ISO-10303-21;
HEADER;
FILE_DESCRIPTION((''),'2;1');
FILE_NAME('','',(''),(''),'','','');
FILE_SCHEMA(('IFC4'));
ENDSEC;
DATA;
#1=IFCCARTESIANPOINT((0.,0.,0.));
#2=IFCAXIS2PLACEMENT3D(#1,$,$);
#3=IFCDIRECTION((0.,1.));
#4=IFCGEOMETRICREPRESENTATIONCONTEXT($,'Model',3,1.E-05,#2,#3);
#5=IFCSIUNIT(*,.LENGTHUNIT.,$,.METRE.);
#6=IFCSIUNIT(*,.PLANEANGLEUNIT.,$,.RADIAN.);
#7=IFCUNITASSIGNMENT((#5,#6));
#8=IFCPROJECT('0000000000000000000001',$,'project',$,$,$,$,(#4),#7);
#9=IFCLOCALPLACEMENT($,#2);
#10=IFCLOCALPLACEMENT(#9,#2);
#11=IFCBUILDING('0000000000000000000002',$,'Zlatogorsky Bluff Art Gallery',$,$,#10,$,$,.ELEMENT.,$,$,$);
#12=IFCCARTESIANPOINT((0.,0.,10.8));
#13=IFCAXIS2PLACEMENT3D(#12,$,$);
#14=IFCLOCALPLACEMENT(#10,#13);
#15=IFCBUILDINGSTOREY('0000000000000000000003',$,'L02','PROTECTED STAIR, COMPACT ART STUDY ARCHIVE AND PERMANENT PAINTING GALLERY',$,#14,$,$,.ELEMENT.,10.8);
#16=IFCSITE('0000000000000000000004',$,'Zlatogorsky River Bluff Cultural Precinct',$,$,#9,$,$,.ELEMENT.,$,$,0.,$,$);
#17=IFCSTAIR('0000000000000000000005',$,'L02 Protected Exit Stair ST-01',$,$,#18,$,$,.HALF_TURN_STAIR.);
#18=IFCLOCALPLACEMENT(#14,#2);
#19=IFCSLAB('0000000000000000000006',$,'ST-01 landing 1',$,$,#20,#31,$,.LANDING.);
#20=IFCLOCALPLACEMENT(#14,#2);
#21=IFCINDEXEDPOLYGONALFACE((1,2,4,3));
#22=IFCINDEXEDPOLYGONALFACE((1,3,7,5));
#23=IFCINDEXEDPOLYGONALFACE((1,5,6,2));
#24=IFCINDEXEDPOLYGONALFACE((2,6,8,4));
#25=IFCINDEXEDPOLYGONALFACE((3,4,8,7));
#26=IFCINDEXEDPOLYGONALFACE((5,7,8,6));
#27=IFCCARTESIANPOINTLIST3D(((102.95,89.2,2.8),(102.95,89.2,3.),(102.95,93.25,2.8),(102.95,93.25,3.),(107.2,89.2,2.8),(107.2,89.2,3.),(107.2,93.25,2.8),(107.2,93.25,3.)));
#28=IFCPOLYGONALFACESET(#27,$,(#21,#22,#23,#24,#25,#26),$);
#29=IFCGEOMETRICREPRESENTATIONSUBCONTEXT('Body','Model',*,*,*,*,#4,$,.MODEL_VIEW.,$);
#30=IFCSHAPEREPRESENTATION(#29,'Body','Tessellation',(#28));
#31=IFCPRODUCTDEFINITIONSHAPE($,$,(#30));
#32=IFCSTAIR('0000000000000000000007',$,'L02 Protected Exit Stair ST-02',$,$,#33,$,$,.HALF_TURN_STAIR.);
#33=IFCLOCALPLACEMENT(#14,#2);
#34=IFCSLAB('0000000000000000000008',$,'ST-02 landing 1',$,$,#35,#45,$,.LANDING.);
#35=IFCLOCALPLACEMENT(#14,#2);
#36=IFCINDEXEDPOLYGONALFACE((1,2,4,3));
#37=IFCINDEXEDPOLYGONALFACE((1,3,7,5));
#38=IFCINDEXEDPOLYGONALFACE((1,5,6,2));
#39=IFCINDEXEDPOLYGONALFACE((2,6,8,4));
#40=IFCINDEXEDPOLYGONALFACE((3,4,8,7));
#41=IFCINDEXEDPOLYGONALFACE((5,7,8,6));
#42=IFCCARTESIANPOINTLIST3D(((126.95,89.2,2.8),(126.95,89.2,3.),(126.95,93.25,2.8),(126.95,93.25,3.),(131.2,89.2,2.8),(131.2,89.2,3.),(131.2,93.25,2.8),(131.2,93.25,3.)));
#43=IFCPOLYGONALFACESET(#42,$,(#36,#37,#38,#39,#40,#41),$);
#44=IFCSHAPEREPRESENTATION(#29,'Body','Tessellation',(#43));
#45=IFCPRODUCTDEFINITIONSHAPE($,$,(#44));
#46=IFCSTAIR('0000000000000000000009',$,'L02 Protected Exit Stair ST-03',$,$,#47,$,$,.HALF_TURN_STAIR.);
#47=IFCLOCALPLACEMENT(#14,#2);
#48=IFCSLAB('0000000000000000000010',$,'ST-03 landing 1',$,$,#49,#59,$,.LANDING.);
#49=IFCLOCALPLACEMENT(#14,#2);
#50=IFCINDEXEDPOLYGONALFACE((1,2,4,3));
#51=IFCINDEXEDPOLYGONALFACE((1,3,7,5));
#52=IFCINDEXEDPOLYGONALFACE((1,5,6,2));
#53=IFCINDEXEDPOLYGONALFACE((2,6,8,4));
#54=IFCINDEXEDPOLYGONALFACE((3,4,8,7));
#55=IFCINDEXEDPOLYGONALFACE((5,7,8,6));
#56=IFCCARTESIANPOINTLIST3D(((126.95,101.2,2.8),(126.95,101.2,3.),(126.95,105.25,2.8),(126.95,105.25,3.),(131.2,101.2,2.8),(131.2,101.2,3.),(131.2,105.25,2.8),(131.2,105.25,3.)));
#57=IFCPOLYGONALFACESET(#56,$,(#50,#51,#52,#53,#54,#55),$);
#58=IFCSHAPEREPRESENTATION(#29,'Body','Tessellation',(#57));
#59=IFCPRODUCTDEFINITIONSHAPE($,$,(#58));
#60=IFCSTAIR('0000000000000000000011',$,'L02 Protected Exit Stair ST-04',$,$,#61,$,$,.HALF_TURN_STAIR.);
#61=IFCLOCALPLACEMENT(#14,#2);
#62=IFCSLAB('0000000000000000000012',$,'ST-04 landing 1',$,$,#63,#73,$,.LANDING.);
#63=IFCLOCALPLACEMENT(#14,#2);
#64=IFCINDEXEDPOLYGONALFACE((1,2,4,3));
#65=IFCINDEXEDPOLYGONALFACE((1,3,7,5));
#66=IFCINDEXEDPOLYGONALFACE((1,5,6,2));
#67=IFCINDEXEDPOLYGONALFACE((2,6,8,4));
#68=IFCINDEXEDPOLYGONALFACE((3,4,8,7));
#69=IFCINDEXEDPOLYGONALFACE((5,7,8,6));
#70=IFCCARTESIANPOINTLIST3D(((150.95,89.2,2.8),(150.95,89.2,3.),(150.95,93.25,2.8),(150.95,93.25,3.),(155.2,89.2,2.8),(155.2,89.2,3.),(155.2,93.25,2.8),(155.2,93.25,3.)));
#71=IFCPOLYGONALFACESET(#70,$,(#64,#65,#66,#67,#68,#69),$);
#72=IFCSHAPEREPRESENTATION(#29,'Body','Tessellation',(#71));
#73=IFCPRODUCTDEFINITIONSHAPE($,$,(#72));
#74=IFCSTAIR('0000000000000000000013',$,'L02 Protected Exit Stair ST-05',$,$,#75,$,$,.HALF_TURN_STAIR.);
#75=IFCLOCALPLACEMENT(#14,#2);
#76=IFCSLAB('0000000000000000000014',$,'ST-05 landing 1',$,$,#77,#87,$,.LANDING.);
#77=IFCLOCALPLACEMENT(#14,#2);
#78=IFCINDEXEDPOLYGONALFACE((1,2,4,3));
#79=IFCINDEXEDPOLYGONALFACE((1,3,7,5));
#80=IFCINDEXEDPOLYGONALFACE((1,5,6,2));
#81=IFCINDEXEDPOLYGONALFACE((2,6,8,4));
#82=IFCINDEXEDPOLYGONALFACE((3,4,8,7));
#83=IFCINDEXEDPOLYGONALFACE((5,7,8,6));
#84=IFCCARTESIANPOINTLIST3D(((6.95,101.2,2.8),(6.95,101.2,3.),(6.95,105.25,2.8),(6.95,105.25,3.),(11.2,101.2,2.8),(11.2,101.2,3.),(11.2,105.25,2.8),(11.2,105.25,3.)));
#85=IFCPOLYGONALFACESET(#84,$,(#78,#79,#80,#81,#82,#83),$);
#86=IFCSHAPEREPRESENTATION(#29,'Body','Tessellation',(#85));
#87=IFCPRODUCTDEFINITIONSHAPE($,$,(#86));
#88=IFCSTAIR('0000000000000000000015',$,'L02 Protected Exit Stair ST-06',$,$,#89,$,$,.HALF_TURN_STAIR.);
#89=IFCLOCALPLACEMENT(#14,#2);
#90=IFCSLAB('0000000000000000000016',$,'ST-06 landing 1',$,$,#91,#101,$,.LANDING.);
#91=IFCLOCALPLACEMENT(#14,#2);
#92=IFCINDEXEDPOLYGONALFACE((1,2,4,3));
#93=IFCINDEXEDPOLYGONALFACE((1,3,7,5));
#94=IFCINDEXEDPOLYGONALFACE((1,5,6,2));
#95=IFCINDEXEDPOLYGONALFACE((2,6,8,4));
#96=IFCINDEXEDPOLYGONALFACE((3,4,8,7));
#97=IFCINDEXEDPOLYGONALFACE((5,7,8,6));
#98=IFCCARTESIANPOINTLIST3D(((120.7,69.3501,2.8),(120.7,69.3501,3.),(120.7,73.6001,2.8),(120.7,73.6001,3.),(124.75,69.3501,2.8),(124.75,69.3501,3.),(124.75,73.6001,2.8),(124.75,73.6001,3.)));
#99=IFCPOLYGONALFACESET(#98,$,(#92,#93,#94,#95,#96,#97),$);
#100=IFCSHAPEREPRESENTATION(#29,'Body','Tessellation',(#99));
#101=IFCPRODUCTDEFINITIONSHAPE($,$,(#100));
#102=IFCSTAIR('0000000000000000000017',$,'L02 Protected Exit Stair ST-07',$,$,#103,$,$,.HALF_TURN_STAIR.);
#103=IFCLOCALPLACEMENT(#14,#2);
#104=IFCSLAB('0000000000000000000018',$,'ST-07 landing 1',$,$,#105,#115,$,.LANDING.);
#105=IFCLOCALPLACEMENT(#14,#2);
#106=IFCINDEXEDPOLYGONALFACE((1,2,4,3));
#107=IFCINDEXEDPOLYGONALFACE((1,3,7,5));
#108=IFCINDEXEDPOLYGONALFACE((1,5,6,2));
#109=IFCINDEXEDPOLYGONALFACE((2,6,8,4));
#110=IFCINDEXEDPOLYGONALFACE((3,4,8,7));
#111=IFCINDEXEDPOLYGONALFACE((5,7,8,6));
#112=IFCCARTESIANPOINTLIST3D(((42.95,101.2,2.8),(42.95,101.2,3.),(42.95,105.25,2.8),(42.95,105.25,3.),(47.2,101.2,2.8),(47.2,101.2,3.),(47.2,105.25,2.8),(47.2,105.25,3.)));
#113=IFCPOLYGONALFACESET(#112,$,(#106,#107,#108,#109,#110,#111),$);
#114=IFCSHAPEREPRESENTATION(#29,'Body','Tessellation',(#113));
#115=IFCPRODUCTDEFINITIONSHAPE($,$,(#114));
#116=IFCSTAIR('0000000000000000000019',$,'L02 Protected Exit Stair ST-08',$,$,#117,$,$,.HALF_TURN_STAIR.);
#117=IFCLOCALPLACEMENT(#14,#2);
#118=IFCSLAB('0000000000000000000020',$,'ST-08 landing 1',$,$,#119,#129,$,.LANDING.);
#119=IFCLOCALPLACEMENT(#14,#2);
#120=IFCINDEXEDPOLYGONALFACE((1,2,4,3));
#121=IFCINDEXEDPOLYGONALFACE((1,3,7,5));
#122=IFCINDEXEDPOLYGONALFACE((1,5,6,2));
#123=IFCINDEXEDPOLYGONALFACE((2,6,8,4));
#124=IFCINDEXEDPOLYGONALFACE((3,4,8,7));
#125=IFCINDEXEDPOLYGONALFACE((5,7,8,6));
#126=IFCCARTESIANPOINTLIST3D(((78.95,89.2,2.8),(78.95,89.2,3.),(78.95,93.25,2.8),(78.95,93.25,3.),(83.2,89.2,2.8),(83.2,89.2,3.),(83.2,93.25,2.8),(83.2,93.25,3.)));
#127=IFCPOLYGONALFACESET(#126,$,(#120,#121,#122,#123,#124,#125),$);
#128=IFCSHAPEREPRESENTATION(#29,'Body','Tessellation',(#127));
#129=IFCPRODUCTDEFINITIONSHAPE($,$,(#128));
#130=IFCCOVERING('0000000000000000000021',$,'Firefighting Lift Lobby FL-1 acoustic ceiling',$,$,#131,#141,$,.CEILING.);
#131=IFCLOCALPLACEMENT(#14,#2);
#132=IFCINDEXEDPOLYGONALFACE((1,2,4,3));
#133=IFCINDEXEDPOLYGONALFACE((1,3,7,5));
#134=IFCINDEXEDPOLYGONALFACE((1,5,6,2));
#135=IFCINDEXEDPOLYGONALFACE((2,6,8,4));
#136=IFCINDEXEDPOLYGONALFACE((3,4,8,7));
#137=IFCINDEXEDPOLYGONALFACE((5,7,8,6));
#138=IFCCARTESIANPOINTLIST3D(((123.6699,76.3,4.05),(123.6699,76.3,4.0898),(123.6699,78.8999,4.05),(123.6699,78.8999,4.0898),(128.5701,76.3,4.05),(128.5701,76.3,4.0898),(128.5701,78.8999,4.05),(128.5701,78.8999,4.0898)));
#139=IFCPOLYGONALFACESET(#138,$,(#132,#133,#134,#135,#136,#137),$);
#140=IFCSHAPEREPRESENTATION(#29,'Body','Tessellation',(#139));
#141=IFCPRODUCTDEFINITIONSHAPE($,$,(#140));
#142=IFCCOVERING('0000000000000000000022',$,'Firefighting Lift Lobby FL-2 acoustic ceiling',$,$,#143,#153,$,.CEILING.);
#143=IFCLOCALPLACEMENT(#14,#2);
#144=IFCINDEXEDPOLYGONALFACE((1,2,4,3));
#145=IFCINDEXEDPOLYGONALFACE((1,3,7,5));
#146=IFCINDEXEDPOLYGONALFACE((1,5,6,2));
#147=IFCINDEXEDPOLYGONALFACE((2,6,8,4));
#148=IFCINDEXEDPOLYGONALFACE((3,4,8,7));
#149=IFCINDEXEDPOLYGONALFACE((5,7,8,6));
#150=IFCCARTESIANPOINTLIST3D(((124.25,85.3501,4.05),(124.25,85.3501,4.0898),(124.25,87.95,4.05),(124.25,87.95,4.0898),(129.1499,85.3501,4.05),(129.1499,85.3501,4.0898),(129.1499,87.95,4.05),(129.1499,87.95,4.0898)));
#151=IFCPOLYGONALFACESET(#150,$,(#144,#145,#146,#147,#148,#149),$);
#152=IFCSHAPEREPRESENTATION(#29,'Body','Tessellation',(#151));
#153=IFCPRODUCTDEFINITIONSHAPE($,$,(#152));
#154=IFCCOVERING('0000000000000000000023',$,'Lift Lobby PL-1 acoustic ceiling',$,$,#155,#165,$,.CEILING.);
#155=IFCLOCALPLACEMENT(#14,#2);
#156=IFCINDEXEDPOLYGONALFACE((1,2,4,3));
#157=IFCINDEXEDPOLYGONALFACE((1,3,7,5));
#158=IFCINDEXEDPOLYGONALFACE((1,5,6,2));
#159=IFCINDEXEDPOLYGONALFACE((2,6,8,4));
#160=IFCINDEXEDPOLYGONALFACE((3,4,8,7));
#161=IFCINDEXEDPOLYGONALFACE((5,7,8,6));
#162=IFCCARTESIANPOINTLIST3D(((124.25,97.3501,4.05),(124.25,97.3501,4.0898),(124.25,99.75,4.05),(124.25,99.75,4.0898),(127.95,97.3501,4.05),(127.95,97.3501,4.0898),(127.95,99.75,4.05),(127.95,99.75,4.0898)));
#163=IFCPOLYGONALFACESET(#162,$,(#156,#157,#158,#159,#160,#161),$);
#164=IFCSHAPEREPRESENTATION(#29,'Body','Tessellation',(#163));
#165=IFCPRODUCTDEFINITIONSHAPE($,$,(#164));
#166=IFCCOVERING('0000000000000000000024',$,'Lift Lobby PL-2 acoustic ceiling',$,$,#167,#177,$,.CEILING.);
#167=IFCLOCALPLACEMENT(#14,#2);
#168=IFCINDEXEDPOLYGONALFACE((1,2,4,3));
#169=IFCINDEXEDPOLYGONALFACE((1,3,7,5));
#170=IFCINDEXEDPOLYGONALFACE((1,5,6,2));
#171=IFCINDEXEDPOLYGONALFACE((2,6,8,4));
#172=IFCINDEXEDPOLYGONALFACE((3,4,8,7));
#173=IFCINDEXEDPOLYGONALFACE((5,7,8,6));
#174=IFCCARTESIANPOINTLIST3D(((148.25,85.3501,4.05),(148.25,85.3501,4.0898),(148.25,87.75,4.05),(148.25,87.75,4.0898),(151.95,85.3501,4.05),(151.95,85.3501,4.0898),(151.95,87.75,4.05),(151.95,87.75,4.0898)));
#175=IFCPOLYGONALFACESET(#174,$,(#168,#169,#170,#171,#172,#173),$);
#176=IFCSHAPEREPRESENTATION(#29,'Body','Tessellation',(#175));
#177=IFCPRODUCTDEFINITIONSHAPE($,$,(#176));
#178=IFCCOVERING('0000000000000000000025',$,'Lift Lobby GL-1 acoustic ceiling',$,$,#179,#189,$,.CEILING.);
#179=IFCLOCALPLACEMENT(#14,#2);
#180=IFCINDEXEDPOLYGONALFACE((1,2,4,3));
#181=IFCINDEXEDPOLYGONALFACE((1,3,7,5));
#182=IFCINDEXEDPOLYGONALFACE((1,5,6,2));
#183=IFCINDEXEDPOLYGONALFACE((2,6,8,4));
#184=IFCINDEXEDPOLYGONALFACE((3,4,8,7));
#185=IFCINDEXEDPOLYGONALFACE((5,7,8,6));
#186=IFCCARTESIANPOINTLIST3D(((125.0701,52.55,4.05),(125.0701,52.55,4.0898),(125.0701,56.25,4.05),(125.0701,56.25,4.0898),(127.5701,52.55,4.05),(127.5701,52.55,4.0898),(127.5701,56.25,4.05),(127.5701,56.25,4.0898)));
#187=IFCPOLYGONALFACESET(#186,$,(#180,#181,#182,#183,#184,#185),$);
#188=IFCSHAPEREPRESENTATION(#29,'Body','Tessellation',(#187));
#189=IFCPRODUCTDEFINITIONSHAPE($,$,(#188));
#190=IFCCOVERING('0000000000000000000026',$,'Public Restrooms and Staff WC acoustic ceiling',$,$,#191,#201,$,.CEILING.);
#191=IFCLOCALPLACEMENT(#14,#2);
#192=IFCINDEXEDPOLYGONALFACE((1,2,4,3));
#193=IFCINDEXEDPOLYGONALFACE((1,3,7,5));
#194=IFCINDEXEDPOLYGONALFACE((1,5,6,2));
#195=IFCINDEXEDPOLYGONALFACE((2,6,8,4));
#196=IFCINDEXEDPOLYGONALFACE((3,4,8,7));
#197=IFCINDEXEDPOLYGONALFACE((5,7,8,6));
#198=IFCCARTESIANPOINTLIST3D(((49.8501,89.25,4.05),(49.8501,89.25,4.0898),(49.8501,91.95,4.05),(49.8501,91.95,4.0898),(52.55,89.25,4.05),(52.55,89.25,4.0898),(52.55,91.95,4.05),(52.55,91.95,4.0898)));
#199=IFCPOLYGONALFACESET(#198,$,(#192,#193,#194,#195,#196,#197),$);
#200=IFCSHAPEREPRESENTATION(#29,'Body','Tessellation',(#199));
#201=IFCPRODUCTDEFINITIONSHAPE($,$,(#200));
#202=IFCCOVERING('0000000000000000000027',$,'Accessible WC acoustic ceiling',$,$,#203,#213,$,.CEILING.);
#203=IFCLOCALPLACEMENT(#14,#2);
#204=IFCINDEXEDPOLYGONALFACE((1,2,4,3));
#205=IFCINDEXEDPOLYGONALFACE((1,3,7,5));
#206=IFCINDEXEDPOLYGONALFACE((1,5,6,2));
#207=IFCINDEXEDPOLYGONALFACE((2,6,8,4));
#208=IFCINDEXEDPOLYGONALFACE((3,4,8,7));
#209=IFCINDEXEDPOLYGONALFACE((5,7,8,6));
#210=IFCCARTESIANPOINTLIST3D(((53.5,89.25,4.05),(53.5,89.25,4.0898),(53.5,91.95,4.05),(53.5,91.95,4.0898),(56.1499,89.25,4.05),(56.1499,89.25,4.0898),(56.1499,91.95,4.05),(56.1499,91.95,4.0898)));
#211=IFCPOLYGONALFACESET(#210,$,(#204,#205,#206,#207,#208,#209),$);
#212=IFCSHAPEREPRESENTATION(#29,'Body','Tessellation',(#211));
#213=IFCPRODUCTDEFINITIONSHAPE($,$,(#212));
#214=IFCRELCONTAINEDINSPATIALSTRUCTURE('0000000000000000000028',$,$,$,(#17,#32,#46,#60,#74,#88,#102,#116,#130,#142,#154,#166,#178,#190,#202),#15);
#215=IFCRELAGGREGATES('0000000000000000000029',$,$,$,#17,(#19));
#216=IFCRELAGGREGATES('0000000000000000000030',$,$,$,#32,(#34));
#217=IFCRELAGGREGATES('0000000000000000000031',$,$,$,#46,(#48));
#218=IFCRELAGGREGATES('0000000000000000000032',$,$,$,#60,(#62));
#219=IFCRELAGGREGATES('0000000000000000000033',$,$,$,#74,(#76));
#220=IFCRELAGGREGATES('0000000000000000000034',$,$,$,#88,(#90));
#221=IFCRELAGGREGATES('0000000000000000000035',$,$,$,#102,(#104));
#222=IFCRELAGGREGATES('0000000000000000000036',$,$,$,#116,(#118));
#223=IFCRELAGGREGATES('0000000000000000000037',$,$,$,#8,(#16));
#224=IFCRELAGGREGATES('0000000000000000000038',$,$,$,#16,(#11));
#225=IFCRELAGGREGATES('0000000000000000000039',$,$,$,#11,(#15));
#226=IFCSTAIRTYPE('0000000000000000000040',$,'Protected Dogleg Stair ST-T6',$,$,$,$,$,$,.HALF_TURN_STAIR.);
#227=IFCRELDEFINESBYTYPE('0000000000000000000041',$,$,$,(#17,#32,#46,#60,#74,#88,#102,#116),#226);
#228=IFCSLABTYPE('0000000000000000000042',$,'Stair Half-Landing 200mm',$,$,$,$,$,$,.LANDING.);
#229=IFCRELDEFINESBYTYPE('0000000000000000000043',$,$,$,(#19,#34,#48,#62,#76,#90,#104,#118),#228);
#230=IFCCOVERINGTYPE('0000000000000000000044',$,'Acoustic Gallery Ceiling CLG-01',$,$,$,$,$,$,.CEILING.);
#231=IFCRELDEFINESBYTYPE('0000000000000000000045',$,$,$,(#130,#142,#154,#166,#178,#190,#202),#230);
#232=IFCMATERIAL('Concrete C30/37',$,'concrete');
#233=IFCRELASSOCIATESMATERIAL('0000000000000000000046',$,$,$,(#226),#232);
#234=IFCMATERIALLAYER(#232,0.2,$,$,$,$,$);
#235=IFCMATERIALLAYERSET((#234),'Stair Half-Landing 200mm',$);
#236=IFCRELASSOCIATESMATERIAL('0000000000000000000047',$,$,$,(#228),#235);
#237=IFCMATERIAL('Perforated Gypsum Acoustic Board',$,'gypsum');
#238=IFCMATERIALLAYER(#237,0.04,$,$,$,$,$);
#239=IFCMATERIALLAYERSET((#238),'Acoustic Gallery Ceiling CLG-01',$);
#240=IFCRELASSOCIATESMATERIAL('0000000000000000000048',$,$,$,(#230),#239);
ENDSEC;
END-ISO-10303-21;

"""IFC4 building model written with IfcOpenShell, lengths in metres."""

from ifc_helpers import new_model, si_unit, direction, frame, origin, place, context, subcontext, project, spatial, polyline, outline, extrude, material, layer, layer_set, type_object, element, aggregate, save


model = new_model("IFC4")

# Units and contexts
model_context = context("Model", 3, precision=1e-05, world=origin(), true_north=direction((0.0, 1.0)))
body_context = subcontext(model_context, "Body", "Model", "MODEL_VIEW")
ifc_project = project(units=[si_unit("LENGTHUNIT", "METRE"), si_unit("PLANEANGLEUNIT", "RADIAN")], contexts=[model_context])

# Site, building, storey
site_placement = place(None, origin())
site = spatial("IfcSite", under=ifc_project, at=site_placement, Name="Zlatogorsky River Bluff Cultural Precinct", CompositionType="ELEMENT", RefElevation=0.0)
building_placement = place(site_placement, origin())
building = spatial("IfcBuilding", under=site, at=building_placement, Name="Zlatogorsky Bluff Art Gallery", CompositionType="ELEMENT")
storey_placement = place(building_placement, frame((0.0, 0.0, 10.8)))
storey = spatial("IfcBuildingStorey", under=building, at=storey_placement, Name="L02", Description="PROTECTED STAIR, COMPACT ART STUDY ARCHIVE AND PERMANENT PAINTING GALLERY", CompositionType="ELEMENT", Elevation=10.8)

# Stairs, slabs
ifc_material_1 = material(Name="Concrete C30/37", Category="concrete")
stair_type = type_object("IfcStairType", Name="Protected Dogleg Stair ST-T6", PredefinedType="HALF_TURN_STAIR", material=ifc_material_1)
stair_1_placement = place(storey_placement, origin())
stair_1 = element("IfcStair", 1, at=stair_1_placement, inside=storey, type_object=stair_type, Name="L02 Protected Exit Stair ST-01", PredefinedType="HALF_TURN_STAIR")
ifc_layer_1 = layer(ifc_material_1, 0.2)
ifc_layer_set_1 = layer_set([ifc_layer_1], Name="Stair Half-Landing 200mm")
slab_type = type_object("IfcSlabType", Name="Stair Half-Landing 200mm", PredefinedType="LANDING", material=ifc_layer_set_1)
slab_1_placement = place(storey_placement, frame((0.0, 0.0, 2.8)))
slab_1 = element("IfcSlab", 2, at=slab_1_placement, type_object=slab_type, Name="ST-01 landing 1", PredefinedType="LANDING", context=body_context, shape_type="SweptSolid", body=[
    extrude(outline(polyline([(102.95, 89.2), (107.2, 89.2), (107.2, 93.25), (102.95, 93.25), (102.95, 89.2)])), origin(), (0.0, 0.0, 1.0), 0.2),
])
aggregate(stair_1, [slab_1])
stair_2_placement = place(storey_placement, origin())
stair_2 = element("IfcStair", 3, at=stair_2_placement, inside=storey, type_object=stair_type, Name="L02 Protected Exit Stair ST-02", PredefinedType="HALF_TURN_STAIR")
slab_2_placement = place(storey_placement, frame((0.0, 0.0, 2.8)))
slab_2 = element("IfcSlab", 4, at=slab_2_placement, type_object=slab_type, Name="ST-02 landing 1", PredefinedType="LANDING", context=body_context, shape_type="SweptSolid", body=[
    extrude(outline(polyline([(126.95, 89.2), (131.2, 89.2), (131.2, 93.25), (126.95, 93.25), (126.95, 89.2)])), origin(), (0.0, 0.0, 1.0), 0.2),
])
aggregate(stair_2, [slab_2])
stair_3_placement = place(storey_placement, origin())
stair_3 = element("IfcStair", 5, at=stair_3_placement, inside=storey, type_object=stair_type, Name="L02 Protected Exit Stair ST-03", PredefinedType="HALF_TURN_STAIR")
slab_3_placement = place(storey_placement, frame((0.0, 0.0, 2.8)))
slab_3 = element("IfcSlab", 6, at=slab_3_placement, type_object=slab_type, Name="ST-03 landing 1", PredefinedType="LANDING", context=body_context, shape_type="SweptSolid", body=[
    extrude(outline(polyline([(126.95, 101.2), (131.2, 101.2), (131.2, 105.25), (126.95, 105.25), (126.95, 101.2)])), origin(), (0.0, 0.0, 1.0), 0.2),
])
aggregate(stair_3, [slab_3])
stair_4_placement = place(storey_placement, origin())
stair_4 = element("IfcStair", 7, at=stair_4_placement, inside=storey, type_object=stair_type, Name="L02 Protected Exit Stair ST-04", PredefinedType="HALF_TURN_STAIR")
slab_4_placement = place(storey_placement, frame((0.0, 0.0, 2.8)))
slab_4 = element("IfcSlab", 8, at=slab_4_placement, type_object=slab_type, Name="ST-04 landing 1", PredefinedType="LANDING", context=body_context, shape_type="SweptSolid", body=[
    extrude(outline(polyline([(150.95, 89.2), (155.2, 89.2), (155.2, 93.25), (150.95, 93.25), (150.95, 89.2)])), origin(), (0.0, 0.0, 1.0), 0.2),
])
aggregate(stair_4, [slab_4])
stair_5_placement = place(storey_placement, origin())
stair_5 = element("IfcStair", 9, at=stair_5_placement, inside=storey, type_object=stair_type, Name="L02 Protected Exit Stair ST-05", PredefinedType="HALF_TURN_STAIR")
slab_5_placement = place(storey_placement, frame((0.0, 0.0, 2.8)))
slab_5 = element("IfcSlab", 10, at=slab_5_placement, type_object=slab_type, Name="ST-05 landing 1", PredefinedType="LANDING", context=body_context, shape_type="SweptSolid", body=[
    extrude(outline(polyline([(6.95, 101.2), (11.2, 101.2), (11.2, 105.25), (6.95, 105.25), (6.95, 101.2)])), origin(), (0.0, 0.0, 1.0), 0.2),
])
aggregate(stair_5, [slab_5])
stair_6_placement = place(storey_placement, origin())
stair_6 = element("IfcStair", 11, at=stair_6_placement, inside=storey, type_object=stair_type, Name="L02 Protected Exit Stair ST-06", PredefinedType="HALF_TURN_STAIR")
slab_6_placement = place(storey_placement, frame((0.0, 0.0, 2.8)))
slab_6 = element("IfcSlab", 12, at=slab_6_placement, type_object=slab_type, Name="ST-06 landing 1", PredefinedType="LANDING", context=body_context, shape_type="SweptSolid", body=[
    extrude(outline(polyline([(124.75, 69.3501), (124.75, 73.6001), (120.7, 73.6001), (120.7, 69.3501), (124.75, 69.3501)])), origin(), (0.0, 0.0, 1.0), 0.2),
])
aggregate(stair_6, [slab_6])
stair_7_placement = place(storey_placement, origin())
stair_7 = element("IfcStair", 13, at=stair_7_placement, inside=storey, type_object=stair_type, Name="L02 Protected Exit Stair ST-07", PredefinedType="HALF_TURN_STAIR")
slab_7_placement = place(storey_placement, frame((0.0, 0.0, 2.8)))
slab_7 = element("IfcSlab", 14, at=slab_7_placement, type_object=slab_type, Name="ST-07 landing 1", PredefinedType="LANDING", context=body_context, shape_type="SweptSolid", body=[
    extrude(outline(polyline([(42.95, 101.2), (47.2, 101.2), (47.2, 105.25), (42.95, 105.25), (42.95, 101.2)])), origin(), (0.0, 0.0, 1.0), 0.2),
])
aggregate(stair_7, [slab_7])
stair_8_placement = place(storey_placement, origin())
stair_8 = element("IfcStair", 15, at=stair_8_placement, inside=storey, type_object=stair_type, Name="L02 Protected Exit Stair ST-08", PredefinedType="HALF_TURN_STAIR")
slab_8_placement = place(storey_placement, frame((0.0, 0.0, 2.8)))
slab_8 = element("IfcSlab", 16, at=slab_8_placement, type_object=slab_type, Name="ST-08 landing 1", PredefinedType="LANDING", context=body_context, shape_type="SweptSolid", body=[
    extrude(outline(polyline([(78.95, 89.2), (83.2, 89.2), (83.2, 93.25), (78.95, 93.25), (78.95, 89.2)])), origin(), (0.0, 0.0, 1.0), 0.2),
])
aggregate(stair_8, [slab_8])

# Coverings
ifc_material_2 = material(Name="Perforated Gypsum Acoustic Board", Category="gypsum")
ifc_layer_2 = layer(ifc_material_2, 0.04)
ifc_layer_set_2 = layer_set([ifc_layer_2], Name="Acoustic Gallery Ceiling CLG-01")
covering_type_1 = type_object("IfcCoveringType", Name="Acoustic Gallery Ceiling CLG-01", PredefinedType="CEILING", material=ifc_layer_set_2)
covering_1_placement = place(storey_placement, frame((0.0, 0.0, 4.05)))
element("IfcCovering", 17, at=covering_1_placement, inside=storey, type_object=covering_type_1, Name="Firefighting Lift Lobby FL-1 acoustic ceiling", PredefinedType="CEILING", context=body_context, shape_type="SweptSolid", body=[
    extrude(outline(polyline([(128.5701, 78.8999), (128.5701, 76.3), (123.6699, 76.3), (123.6699, 78.8999), (128.5701, 78.8999)])), origin(), (0.0, 0.0, 1.0), 0.0398),
])
covering_2_placement = place(storey_placement, frame((0.0, 0.0, 4.05)))
element("IfcCovering", 18, at=covering_2_placement, inside=storey, type_object=covering_type_1, Name="Firefighting Lift Lobby FL-2 acoustic ceiling", PredefinedType="CEILING", context=body_context, shape_type="SweptSolid", body=[
    extrude(outline(polyline([(129.1499, 87.95), (129.1499, 85.3501), (124.25, 85.3501), (124.25, 87.95), (129.1499, 87.95)])), origin(), (0.0, 0.0, 1.0), 0.0398),
])
covering_3_placement = place(storey_placement, frame((0.0, 0.0, 4.05)))
element("IfcCovering", 19, at=covering_3_placement, inside=storey, type_object=covering_type_1, Name="Lift Lobby PL-1 acoustic ceiling", PredefinedType="CEILING", context=body_context, shape_type="SweptSolid", body=[
    extrude(outline(polyline([(127.95, 99.75), (127.95, 97.3501), (124.25, 97.3501), (124.25, 99.75), (127.95, 99.75)])), origin(), (0.0, 0.0, 1.0), 0.0398),
])
covering_4_placement = place(storey_placement, frame((0.0, 0.0, 4.05)))
element("IfcCovering", 20, at=covering_4_placement, inside=storey, type_object=covering_type_1, Name="Lift Lobby PL-2 acoustic ceiling", PredefinedType="CEILING", context=body_context, shape_type="SweptSolid", body=[
    extrude(outline(polyline([(151.95, 87.75), (151.95, 85.3501), (148.25, 85.3501), (148.25, 87.75), (151.95, 87.75)])), origin(), (0.0, 0.0, 1.0), 0.0398),
])
covering_5_placement = place(storey_placement, frame((0.0, 0.0, 4.05)))
element("IfcCovering", 21, at=covering_5_placement, inside=storey, type_object=covering_type_1, Name="Lift Lobby GL-1 acoustic ceiling", PredefinedType="CEILING", context=body_context, shape_type="SweptSolid", body=[
    extrude(outline(polyline([(125.0701, 52.55), (125.0701, 56.25), (127.5701, 56.25), (127.5701, 52.55), (125.0701, 52.55)])), origin(), (0.0, 0.0, 1.0), 0.0398),
])
covering_6_placement = place(storey_placement, frame((0.0, 0.0, 4.05)))
element("IfcCovering", 22, at=covering_6_placement, inside=storey, type_object=covering_type_1, Name="Public Restrooms and Staff WC acoustic ceiling", PredefinedType="CEILING", context=body_context, shape_type="SweptSolid", body=[
    extrude(outline(polyline([(52.55, 91.95), (52.55, 89.25), (49.8501, 89.25), (49.8501, 91.95), (52.55, 91.95)])), origin(), (0.0, 0.0, 1.0), 0.0398),
])
covering_7_placement = place(storey_placement, frame((0.0, 0.0, 4.05)))
element("IfcCovering", 23, at=covering_7_placement, inside=storey, type_object=covering_type_1, Name="Accessible WC acoustic ceiling", PredefinedType="CEILING", context=body_context, shape_type="SweptSolid", body=[
    extrude(outline(polyline([(56.1499, 89.25), (53.5, 89.25), (53.5, 91.95), (56.1499, 91.95), (56.1499, 89.25)])), origin(), (0.0, 0.0, 1.0), 0.0398),
])

save(model, "model.ifc")
